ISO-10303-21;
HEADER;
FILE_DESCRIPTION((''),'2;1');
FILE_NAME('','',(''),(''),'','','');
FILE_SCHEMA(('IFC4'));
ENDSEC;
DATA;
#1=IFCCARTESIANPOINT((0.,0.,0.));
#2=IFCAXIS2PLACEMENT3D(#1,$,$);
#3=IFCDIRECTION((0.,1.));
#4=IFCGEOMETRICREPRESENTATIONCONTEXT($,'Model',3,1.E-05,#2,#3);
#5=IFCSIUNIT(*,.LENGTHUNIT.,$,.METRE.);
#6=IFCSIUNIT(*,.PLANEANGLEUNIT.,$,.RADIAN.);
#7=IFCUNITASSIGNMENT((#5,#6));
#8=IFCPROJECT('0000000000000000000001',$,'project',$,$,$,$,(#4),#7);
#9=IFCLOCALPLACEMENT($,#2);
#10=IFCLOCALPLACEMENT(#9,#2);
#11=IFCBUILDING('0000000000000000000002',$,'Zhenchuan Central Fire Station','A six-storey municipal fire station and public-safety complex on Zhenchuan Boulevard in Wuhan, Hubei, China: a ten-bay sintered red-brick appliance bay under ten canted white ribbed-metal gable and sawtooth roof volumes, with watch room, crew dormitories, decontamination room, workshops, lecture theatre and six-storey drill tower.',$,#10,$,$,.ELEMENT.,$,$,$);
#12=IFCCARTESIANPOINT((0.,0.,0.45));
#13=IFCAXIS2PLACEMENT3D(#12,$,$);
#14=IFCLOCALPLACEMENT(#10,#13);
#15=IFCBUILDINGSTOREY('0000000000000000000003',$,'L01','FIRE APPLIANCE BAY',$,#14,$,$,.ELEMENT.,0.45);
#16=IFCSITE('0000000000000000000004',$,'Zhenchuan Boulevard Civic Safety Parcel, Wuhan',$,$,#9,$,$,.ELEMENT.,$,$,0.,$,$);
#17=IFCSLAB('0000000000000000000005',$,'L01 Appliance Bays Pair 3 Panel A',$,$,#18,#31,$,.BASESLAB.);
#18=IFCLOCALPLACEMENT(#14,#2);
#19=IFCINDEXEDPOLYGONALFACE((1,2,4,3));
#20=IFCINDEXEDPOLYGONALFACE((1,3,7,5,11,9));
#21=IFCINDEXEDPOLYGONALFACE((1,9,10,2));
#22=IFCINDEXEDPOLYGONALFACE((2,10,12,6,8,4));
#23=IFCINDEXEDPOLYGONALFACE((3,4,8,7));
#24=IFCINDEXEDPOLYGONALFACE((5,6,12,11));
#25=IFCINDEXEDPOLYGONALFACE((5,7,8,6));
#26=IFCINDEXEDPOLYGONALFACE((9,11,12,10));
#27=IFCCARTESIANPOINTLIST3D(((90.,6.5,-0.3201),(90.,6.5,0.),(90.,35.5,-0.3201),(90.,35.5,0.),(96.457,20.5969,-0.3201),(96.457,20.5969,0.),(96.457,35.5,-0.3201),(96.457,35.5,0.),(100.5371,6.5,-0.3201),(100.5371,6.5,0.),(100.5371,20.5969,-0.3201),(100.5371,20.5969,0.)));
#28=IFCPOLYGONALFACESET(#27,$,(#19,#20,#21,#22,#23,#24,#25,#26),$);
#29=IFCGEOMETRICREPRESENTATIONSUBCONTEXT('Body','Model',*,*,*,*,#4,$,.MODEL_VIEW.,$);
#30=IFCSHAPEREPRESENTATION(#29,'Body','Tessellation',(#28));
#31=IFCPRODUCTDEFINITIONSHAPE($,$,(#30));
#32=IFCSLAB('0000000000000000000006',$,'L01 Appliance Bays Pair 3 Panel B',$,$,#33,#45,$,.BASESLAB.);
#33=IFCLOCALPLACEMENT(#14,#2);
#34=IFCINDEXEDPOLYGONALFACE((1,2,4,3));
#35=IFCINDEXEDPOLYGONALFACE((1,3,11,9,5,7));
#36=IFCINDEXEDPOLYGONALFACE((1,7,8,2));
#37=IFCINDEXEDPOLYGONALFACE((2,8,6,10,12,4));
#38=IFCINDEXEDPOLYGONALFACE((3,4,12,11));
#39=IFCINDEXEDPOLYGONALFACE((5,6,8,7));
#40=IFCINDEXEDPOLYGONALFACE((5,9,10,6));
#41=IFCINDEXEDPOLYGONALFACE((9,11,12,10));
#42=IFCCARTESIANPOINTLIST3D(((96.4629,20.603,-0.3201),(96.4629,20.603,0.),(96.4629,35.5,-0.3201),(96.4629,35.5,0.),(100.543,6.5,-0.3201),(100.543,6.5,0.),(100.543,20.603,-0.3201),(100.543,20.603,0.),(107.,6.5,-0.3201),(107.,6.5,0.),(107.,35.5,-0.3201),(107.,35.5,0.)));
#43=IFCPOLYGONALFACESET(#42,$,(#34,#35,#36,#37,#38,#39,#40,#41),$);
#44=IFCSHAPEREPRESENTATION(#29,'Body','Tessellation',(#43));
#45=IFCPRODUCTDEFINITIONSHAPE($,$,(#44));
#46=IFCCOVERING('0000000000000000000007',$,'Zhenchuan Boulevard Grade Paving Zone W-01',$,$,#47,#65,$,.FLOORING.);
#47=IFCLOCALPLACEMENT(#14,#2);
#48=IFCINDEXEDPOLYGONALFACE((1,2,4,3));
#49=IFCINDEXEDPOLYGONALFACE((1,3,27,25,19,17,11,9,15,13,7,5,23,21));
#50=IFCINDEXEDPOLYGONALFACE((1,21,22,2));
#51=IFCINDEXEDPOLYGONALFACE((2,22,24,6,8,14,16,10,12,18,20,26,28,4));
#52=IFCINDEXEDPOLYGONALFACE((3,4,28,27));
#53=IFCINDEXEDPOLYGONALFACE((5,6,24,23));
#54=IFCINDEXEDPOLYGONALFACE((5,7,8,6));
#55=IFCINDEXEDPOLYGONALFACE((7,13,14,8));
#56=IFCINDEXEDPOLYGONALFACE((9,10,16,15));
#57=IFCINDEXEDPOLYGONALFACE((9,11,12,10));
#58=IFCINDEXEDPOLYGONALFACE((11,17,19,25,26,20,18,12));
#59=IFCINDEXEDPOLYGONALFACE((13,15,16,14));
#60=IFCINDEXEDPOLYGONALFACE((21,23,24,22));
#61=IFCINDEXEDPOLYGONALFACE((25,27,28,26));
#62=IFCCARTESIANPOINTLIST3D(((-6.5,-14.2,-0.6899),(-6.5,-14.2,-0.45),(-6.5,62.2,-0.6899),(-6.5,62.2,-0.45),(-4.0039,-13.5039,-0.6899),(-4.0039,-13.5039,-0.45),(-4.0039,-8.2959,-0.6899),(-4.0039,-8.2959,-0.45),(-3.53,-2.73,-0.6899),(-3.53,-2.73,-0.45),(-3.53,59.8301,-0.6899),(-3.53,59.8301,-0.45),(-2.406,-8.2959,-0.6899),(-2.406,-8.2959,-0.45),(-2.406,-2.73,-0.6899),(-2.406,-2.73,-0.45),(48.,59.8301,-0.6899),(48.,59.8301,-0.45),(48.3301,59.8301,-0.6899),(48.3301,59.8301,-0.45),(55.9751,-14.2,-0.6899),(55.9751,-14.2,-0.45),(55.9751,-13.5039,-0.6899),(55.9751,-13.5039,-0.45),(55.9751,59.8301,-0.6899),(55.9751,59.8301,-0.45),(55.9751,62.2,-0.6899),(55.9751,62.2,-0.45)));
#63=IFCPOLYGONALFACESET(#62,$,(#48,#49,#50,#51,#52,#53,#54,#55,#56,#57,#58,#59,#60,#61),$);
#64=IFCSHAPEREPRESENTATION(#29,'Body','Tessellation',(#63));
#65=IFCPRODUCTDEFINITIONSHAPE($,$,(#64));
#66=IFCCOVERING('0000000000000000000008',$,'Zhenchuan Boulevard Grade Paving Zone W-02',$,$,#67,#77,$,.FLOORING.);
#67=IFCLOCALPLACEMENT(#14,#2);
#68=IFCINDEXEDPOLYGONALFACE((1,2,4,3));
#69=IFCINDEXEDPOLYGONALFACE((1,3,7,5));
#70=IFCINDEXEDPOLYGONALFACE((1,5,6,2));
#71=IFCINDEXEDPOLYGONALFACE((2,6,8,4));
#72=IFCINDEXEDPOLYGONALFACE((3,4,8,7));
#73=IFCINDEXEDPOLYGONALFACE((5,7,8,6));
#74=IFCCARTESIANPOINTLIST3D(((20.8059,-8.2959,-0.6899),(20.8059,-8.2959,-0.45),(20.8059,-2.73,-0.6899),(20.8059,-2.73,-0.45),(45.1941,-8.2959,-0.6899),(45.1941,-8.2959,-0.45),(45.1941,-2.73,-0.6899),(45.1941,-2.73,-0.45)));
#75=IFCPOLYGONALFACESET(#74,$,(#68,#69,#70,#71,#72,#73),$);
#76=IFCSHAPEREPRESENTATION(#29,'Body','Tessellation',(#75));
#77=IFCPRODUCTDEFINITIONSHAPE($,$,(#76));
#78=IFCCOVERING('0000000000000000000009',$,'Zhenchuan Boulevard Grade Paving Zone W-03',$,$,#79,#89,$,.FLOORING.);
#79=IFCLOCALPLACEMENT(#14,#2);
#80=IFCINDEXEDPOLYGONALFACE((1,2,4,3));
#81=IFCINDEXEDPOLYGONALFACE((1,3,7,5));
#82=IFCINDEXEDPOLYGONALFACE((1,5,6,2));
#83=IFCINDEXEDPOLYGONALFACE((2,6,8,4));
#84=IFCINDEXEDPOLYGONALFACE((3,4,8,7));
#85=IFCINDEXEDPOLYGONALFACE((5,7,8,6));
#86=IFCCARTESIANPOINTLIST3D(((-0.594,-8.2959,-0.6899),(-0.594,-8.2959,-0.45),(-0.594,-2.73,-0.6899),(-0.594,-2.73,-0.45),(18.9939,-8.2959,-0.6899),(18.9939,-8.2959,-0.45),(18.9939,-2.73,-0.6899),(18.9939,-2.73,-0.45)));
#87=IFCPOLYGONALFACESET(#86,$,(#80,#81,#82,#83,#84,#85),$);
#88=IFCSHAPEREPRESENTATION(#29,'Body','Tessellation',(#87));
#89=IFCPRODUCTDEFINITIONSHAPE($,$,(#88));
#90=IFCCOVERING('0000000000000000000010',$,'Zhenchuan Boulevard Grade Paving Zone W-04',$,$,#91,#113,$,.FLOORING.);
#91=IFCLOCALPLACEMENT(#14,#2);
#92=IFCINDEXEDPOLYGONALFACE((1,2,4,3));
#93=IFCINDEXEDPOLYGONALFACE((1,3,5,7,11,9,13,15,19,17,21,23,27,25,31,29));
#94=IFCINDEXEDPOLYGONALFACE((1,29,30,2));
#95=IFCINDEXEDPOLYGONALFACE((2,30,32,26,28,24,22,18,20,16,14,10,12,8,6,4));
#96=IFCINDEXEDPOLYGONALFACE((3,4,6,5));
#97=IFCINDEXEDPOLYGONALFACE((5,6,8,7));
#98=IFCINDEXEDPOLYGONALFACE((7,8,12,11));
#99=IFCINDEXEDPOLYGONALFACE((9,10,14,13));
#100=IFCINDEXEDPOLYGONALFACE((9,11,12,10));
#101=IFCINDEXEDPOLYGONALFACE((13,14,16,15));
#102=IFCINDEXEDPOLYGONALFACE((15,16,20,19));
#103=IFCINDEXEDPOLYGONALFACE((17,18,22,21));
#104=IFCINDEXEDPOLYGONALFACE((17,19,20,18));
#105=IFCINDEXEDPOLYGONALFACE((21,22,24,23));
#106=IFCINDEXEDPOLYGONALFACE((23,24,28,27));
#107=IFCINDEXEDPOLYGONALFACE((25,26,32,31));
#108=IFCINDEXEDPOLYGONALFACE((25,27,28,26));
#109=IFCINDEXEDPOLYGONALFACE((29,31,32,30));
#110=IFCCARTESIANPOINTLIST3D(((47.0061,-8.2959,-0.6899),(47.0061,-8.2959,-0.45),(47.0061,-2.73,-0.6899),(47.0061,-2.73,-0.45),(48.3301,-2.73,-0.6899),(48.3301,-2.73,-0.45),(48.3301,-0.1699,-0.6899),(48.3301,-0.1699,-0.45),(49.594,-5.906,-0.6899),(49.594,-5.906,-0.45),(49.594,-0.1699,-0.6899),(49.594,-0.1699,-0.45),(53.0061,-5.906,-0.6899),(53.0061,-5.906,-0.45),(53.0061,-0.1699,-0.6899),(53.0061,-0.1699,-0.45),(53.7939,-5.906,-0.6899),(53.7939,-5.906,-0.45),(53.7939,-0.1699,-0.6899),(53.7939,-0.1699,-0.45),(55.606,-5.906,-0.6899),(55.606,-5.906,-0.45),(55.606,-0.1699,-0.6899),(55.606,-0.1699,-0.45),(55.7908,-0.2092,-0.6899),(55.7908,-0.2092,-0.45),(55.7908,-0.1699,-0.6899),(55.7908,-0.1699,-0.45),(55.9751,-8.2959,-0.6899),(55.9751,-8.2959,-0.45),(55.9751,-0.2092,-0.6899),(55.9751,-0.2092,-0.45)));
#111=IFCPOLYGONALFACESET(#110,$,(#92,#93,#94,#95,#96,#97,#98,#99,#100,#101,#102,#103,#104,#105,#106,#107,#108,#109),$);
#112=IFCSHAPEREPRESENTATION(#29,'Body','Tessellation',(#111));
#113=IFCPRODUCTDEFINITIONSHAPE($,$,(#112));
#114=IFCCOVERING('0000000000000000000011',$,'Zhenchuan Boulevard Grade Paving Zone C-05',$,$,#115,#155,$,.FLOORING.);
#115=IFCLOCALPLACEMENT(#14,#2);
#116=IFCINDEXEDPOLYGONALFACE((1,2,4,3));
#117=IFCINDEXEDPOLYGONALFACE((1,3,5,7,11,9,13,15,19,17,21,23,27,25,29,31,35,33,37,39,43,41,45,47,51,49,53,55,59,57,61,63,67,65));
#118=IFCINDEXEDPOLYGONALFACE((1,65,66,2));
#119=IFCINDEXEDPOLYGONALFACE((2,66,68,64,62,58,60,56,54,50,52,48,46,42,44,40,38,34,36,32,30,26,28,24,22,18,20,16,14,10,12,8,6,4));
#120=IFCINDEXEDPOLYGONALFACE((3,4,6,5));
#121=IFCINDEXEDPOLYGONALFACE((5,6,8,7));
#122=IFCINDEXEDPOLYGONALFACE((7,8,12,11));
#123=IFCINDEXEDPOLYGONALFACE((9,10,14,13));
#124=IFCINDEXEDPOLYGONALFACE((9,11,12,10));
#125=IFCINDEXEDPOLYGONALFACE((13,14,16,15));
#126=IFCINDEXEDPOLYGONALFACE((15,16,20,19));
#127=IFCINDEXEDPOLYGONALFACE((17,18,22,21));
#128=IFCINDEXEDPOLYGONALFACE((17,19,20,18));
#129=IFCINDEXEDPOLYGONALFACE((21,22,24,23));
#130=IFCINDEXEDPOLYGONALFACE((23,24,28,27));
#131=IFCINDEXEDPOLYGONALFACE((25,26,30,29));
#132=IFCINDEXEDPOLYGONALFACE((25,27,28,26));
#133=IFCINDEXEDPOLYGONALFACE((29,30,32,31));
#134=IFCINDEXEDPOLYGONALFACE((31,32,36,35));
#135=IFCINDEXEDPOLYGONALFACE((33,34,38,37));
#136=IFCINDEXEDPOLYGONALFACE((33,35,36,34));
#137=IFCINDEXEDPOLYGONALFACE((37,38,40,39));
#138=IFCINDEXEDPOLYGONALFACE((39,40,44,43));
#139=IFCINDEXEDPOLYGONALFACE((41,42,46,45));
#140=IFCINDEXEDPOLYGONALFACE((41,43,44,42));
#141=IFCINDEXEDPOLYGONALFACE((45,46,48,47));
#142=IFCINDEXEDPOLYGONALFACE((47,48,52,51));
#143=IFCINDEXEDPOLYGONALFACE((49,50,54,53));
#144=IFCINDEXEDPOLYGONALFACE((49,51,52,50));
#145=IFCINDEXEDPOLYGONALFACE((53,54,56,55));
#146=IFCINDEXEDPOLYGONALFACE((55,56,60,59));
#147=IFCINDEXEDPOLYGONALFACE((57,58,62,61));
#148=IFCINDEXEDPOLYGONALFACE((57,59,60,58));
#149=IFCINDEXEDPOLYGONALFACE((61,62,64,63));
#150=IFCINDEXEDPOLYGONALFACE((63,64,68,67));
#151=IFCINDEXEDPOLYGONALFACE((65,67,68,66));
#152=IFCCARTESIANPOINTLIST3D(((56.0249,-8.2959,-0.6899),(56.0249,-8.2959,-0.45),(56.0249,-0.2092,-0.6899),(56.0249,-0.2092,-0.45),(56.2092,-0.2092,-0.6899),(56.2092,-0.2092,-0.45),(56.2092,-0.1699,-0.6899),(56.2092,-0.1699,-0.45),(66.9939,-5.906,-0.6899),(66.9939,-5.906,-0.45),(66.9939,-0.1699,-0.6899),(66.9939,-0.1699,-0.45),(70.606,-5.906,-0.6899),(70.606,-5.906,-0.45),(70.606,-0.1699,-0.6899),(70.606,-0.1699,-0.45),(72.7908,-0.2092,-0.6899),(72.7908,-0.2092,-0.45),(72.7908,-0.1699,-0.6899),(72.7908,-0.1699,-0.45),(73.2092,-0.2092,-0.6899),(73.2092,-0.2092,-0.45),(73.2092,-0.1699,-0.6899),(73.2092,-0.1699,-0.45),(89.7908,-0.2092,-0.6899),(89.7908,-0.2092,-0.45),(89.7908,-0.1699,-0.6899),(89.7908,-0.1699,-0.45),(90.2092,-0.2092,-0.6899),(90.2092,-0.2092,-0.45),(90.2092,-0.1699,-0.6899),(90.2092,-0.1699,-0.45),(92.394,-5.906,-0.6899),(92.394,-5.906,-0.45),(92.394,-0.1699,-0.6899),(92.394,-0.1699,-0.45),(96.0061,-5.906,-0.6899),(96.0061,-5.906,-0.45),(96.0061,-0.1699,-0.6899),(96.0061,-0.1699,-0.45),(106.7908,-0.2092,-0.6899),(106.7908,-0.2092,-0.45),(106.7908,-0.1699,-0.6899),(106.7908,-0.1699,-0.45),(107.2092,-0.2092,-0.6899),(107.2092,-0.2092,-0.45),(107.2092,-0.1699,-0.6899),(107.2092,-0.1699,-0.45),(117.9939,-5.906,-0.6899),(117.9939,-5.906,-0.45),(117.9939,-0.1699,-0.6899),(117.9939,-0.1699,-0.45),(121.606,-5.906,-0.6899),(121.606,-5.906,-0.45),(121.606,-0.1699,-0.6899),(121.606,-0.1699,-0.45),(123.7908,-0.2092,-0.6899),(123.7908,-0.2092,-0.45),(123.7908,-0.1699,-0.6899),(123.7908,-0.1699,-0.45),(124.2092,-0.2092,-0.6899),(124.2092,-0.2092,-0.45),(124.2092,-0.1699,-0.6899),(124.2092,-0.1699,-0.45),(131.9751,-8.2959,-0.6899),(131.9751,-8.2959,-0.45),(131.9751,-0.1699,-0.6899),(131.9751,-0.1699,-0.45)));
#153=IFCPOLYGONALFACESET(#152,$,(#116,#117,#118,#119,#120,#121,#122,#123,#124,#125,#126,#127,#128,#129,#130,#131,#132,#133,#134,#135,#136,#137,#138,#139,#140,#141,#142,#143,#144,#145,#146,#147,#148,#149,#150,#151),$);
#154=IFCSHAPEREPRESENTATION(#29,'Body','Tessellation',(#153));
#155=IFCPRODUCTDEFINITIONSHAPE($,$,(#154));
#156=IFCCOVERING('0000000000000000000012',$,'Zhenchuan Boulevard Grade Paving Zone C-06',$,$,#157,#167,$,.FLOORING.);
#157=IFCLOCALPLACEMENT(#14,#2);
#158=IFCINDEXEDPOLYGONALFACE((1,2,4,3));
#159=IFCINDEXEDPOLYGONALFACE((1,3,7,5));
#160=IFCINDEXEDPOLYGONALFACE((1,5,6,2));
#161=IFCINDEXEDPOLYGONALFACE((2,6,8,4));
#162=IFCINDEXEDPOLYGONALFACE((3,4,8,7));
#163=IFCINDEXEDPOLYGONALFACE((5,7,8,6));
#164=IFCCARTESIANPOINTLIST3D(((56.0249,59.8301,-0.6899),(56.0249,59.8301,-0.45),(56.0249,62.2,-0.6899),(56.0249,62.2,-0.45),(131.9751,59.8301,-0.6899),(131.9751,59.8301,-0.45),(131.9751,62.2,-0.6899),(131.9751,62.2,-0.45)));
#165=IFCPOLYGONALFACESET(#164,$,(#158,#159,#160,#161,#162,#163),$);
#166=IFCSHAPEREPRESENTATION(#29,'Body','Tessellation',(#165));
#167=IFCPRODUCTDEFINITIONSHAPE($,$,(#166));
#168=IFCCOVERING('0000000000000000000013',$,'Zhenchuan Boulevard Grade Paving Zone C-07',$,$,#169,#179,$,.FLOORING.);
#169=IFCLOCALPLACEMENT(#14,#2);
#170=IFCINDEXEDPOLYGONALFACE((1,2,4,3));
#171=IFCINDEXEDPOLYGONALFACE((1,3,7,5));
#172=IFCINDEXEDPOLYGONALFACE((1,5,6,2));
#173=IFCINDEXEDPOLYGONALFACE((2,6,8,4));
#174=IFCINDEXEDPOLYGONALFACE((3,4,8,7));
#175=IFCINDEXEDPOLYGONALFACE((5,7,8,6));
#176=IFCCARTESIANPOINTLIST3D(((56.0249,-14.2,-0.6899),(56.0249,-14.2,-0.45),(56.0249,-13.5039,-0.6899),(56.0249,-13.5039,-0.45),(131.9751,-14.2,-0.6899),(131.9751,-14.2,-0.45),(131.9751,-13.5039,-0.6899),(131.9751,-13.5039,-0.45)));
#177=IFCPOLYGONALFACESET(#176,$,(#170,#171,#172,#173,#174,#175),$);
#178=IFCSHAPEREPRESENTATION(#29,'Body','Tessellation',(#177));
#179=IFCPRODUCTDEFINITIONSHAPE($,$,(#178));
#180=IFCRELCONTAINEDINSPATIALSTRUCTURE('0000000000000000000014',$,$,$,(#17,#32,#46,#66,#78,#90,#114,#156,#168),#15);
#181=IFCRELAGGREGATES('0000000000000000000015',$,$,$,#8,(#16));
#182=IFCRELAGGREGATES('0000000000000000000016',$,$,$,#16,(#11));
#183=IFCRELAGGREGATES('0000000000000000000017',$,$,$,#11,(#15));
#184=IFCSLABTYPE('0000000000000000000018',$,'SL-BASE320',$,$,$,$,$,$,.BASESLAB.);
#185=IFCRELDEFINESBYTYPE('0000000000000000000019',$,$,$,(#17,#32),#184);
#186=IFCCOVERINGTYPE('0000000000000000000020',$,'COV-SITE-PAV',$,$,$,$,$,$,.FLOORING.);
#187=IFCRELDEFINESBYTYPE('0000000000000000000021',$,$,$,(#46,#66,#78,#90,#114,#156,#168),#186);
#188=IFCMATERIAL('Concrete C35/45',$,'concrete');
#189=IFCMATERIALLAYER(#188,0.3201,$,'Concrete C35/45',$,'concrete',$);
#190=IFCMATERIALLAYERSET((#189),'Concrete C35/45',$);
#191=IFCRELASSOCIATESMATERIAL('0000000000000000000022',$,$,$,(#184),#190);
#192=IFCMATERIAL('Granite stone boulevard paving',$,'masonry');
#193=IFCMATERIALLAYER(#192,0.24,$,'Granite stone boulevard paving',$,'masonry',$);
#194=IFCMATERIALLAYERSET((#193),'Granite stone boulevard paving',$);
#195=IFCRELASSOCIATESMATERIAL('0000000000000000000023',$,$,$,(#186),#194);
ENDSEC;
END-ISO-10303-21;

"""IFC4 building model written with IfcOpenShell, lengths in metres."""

from ifc_helpers import new_model, si_unit, direction, frame, origin, place, context, subcontext, project, spatial, polyline, outline, extrude, material, layer, layer_set, type_object, element, save


model = new_model("IFC4")

# Units and contexts
model_context = context("Model", 3, precision=1e-05, world=origin(), true_north=direction((0.0, 1.0)))
body_context = subcontext(model_context, "Body", "Model", "MODEL_VIEW")
ifc_project = project(units=[si_unit("LENGTHUNIT", "METRE"), si_unit("PLANEANGLEUNIT", "RADIAN")], contexts=[model_context])

# Site, building, storey
site_placement = place(None, origin())
site = spatial("IfcSite", under=ifc_project, at=site_placement, Name="Zhenchuan Boulevard Civic Safety Parcel, Wuhan", CompositionType="ELEMENT", RefElevation=0.0)
building_placement = place(site_placement, origin())
building = spatial("IfcBuilding", under=site, at=building_placement, Name="Zhenchuan Central Fire Station", Description="A six-storey municipal fire station and public-safety complex on Zhenchuan Boulevard in Wuhan, Hubei, China: a ten-bay sintered red-brick appliance bay under ten canted white ribbed-metal gable and sawtooth roof volumes, with watch room, crew dormitories, decontamination room, workshops, lecture theatre and six-storey drill tower.", CompositionType="ELEMENT")
storey_placement = place(building_placement, frame((0.0, 0.0, 0.45)))
storey = spatial("IfcBuildingStorey", under=building, at=storey_placement, Name="L01", Description="FIRE APPLIANCE BAY", CompositionType="ELEMENT", Elevation=0.45)

# Slabs
ifc_material_1 = material(Name="Concrete C35/45", Category="concrete")
ifc_layer_1 = layer(ifc_material_1, 0.3201, Name="Concrete C35/45", Category="concrete")
ifc_layer_set_1 = layer_set([ifc_layer_1], Name="Concrete C35/45")
slab_type_1 = type_object("IfcSlabType", Name="SL-BASE320", PredefinedType="BASESLAB", material=ifc_layer_set_1)
slab_1_placement = place(storey_placement, frame((0.0, 0.0, -0.3201)))
element("IfcSlab", 1, at=slab_1_placement, inside=storey, type_object=slab_type_1, Name="L01 Appliance Bays Pair 3 Panel A", PredefinedType="BASESLAB", context=body_context, shape_type="SweptSolid", body=[
    extrude(outline(polyline([(90.0, 6.5), (100.5371, 6.5), (100.5371, 20.5969), (96.457, 20.5969), (96.457, 35.5), (90.0, 35.5), (90.0, 6.5)])), origin(), (0.0, 0.0, 1.0), 0.3201),
])
slab_2_placement = place(storey_placement, frame((0.0, 0.0, -0.3201)))
element("IfcSlab", 2, at=slab_2_placement, inside=storey, type_object=slab_type_1, Name="L01 Appliance Bays Pair 3 Panel B", PredefinedType="BASESLAB", context=body_context, shape_type="SweptSolid", body=[
    extrude(outline(polyline([(100.543, 6.5), (107.0, 6.5), (107.0, 35.5), (96.4629, 35.5), (96.4629, 20.603), (100.543, 20.603), (100.543, 6.5)])), origin(), (0.0, 0.0, 1.0), 0.3201),
])

# Coverings
ifc_material_2 = material(Name="Granite stone boulevard paving", Category="masonry")
ifc_layer_2 = layer(ifc_material_2, 0.24, Name="Granite stone boulevard paving", Category="masonry")
ifc_layer_set_2 = layer_set([ifc_layer_2], Name="Granite stone boulevard paving")
covering_type = type_object("IfcCoveringType", Name="COV-SITE-PAV", PredefinedType="FLOORING", material=ifc_layer_set_2)
covering_1_placement = place(storey_placement, frame((0.0, 0.0, -0.6899)))
element("IfcCovering", 3, at=covering_1_placement, inside=storey, type_object=covering_type, Name="Zhenchuan Boulevard Grade Paving Zone W-01", PredefinedType="FLOORING", context=body_context, shape_type="SweptSolid", body=[
    extrude(outline(polyline([(55.9751, -14.2), (-6.5, -14.2), (-6.5, 62.2), (55.9751, 62.2), (55.9751, 59.8301), (48.3301, 59.8301), (48.0, 59.8301), (-3.53, 59.8301), (-3.53, -2.73), (-2.406, -2.73), (-2.406, -8.2959), (-4.0039, -8.2959), (-4.0039, -13.5039), (55.9751, -13.5039), (55.9751, -14.2)])), origin(), (0.0, 0.0, 1.0), 0.24),
])
covering_2_placement = place(storey_placement, frame((0.0, 0.0, -0.6899)))
element("IfcCovering", 4, at=covering_2_placement, inside=storey, type_object=covering_type, Name="Zhenchuan Boulevard Grade Paving Zone W-02", PredefinedType="FLOORING", context=body_context, shape_type="SweptSolid", body=[
    extrude(outline(polyline([(20.8059, -8.2959), (20.8059, -2.73), (45.1941, -2.73), (45.1941, -8.2959), (20.8059, -8.2959)])), origin(), (0.0, 0.0, 1.0), 0.24),
])
covering_3_placement = place(storey_placement, frame((0.0, 0.0, -0.6899)))
element("IfcCovering", 5, at=covering_3_placement, inside=storey, type_object=covering_type, Name="Zhenchuan Boulevard Grade Paving Zone W-03", PredefinedType="FLOORING", context=body_context, shape_type="SweptSolid", body=[
    extrude(outline(polyline([(-0.594, -8.2959), (-0.594, -2.73), (18.9939, -2.73), (18.9939, -8.2959), (-0.594, -8.2959)])), origin(), (0.0, 0.0, 1.0), 0.24),
])
covering_4_placement = place(storey_placement, frame((0.0, 0.0, -0.6899)))
element("IfcCovering", 6, at=covering_4_placement, inside=storey, type_object=covering_type, Name="Zhenchuan Boulevard Grade Paving Zone W-04", PredefinedType="FLOORING", context=body_context, shape_type="SweptSolid", body=[
    extrude(outline(polyline([(55.9751, -8.2959), (47.0061, -8.2959), (47.0061, -2.73), (48.3301, -2.73), (48.3301, -0.1699), (49.594, -0.1699), (49.594, -5.906), (53.0061, -5.906), (53.0061, -0.1699), (53.7939, -0.1699), (53.7939, -5.906), (55.606, -5.906), (55.606, -0.1699), (55.7908, -0.1699), (55.7908, -0.2092), (55.9751, -0.2092), (55.9751, -8.2959)])), origin(), (0.0, 0.0, 1.0), 0.24),
])
covering_5_placement = place(storey_placement, frame((0.0, 0.0, -0.6899)))
element("IfcCovering", 7, at=covering_5_placement, inside=storey, type_object=covering_type, Name="Zhenchuan Boulevard Grade Paving Zone C-05", PredefinedType="FLOORING", context=body_context, shape_type="SweptSolid", body=[
    extrude(outline(polyline([(131.9751, -8.2959), (56.0249, -8.2959), (56.0249, -0.2092), (56.2092, -0.2092), (56.2092, -0.1699), (66.9939, -0.1699), (66.9939, -5.906), (70.606, -5.906), (70.606, -0.1699), (72.7908, -0.1699), (72.7908, -0.2092), (73.2092, -0.2092), (73.2092, -0.1699), (89.7908, -0.1699), (89.7908, -0.2092), (90.2092, -0.2092), (90.2092, -0.1699), (92.394, -0.1699), (92.394, -5.906), (96.0061, -5.906), (96.0061, -0.1699), (106.7908, -0.1699), (106.7908, -0.2092), (107.2092, -0.2092), (107.2092, -0.1699), (117.9939, -0.1699), (117.9939, -5.906), (121.606, -5.906), (121.606, -0.1699), (123.7908, -0.1699), (123.7908, -0.2092), (124.2092, -0.2092), (124.2092, -0.1699), (131.9751, -0.1699), (131.9751, -8.2959)])), origin(), (0.0, 0.0, 1.0), 0.24),
])
covering_6_placement = place(storey_placement, frame((0.0, 0.0, -0.6899)))
element("IfcCovering", 8, at=covering_6_placement, inside=storey, type_object=covering_type, Name="Zhenchuan Boulevard Grade Paving Zone C-06", PredefinedType="FLOORING", context=body_context, shape_type="SweptSolid", body=[
    extrude(outline(polyline([(56.0249, 62.2), (131.9751, 62.2), (131.9751, 59.8301), (56.0249, 59.8301), (56.0249, 62.2)])), origin(), (0.0, 0.0, 1.0), 0.24),
])
covering_7_placement = place(storey_placement, frame((0.0, 0.0, -0.6899)))
element("IfcCovering", 9, at=covering_7_placement, inside=storey, type_object=covering_type, Name="Zhenchuan Boulevard Grade Paving Zone C-07", PredefinedType="FLOORING", context=body_context, shape_type="SweptSolid", body=[
    extrude(outline(polyline([(131.9751, -14.2), (56.0249, -14.2), (56.0249, -13.5039), (131.9751, -13.5039), (131.9751, -14.2)])), origin(), (0.0, 0.0, 1.0), 0.24),
])

save(model, "model.ifc")
